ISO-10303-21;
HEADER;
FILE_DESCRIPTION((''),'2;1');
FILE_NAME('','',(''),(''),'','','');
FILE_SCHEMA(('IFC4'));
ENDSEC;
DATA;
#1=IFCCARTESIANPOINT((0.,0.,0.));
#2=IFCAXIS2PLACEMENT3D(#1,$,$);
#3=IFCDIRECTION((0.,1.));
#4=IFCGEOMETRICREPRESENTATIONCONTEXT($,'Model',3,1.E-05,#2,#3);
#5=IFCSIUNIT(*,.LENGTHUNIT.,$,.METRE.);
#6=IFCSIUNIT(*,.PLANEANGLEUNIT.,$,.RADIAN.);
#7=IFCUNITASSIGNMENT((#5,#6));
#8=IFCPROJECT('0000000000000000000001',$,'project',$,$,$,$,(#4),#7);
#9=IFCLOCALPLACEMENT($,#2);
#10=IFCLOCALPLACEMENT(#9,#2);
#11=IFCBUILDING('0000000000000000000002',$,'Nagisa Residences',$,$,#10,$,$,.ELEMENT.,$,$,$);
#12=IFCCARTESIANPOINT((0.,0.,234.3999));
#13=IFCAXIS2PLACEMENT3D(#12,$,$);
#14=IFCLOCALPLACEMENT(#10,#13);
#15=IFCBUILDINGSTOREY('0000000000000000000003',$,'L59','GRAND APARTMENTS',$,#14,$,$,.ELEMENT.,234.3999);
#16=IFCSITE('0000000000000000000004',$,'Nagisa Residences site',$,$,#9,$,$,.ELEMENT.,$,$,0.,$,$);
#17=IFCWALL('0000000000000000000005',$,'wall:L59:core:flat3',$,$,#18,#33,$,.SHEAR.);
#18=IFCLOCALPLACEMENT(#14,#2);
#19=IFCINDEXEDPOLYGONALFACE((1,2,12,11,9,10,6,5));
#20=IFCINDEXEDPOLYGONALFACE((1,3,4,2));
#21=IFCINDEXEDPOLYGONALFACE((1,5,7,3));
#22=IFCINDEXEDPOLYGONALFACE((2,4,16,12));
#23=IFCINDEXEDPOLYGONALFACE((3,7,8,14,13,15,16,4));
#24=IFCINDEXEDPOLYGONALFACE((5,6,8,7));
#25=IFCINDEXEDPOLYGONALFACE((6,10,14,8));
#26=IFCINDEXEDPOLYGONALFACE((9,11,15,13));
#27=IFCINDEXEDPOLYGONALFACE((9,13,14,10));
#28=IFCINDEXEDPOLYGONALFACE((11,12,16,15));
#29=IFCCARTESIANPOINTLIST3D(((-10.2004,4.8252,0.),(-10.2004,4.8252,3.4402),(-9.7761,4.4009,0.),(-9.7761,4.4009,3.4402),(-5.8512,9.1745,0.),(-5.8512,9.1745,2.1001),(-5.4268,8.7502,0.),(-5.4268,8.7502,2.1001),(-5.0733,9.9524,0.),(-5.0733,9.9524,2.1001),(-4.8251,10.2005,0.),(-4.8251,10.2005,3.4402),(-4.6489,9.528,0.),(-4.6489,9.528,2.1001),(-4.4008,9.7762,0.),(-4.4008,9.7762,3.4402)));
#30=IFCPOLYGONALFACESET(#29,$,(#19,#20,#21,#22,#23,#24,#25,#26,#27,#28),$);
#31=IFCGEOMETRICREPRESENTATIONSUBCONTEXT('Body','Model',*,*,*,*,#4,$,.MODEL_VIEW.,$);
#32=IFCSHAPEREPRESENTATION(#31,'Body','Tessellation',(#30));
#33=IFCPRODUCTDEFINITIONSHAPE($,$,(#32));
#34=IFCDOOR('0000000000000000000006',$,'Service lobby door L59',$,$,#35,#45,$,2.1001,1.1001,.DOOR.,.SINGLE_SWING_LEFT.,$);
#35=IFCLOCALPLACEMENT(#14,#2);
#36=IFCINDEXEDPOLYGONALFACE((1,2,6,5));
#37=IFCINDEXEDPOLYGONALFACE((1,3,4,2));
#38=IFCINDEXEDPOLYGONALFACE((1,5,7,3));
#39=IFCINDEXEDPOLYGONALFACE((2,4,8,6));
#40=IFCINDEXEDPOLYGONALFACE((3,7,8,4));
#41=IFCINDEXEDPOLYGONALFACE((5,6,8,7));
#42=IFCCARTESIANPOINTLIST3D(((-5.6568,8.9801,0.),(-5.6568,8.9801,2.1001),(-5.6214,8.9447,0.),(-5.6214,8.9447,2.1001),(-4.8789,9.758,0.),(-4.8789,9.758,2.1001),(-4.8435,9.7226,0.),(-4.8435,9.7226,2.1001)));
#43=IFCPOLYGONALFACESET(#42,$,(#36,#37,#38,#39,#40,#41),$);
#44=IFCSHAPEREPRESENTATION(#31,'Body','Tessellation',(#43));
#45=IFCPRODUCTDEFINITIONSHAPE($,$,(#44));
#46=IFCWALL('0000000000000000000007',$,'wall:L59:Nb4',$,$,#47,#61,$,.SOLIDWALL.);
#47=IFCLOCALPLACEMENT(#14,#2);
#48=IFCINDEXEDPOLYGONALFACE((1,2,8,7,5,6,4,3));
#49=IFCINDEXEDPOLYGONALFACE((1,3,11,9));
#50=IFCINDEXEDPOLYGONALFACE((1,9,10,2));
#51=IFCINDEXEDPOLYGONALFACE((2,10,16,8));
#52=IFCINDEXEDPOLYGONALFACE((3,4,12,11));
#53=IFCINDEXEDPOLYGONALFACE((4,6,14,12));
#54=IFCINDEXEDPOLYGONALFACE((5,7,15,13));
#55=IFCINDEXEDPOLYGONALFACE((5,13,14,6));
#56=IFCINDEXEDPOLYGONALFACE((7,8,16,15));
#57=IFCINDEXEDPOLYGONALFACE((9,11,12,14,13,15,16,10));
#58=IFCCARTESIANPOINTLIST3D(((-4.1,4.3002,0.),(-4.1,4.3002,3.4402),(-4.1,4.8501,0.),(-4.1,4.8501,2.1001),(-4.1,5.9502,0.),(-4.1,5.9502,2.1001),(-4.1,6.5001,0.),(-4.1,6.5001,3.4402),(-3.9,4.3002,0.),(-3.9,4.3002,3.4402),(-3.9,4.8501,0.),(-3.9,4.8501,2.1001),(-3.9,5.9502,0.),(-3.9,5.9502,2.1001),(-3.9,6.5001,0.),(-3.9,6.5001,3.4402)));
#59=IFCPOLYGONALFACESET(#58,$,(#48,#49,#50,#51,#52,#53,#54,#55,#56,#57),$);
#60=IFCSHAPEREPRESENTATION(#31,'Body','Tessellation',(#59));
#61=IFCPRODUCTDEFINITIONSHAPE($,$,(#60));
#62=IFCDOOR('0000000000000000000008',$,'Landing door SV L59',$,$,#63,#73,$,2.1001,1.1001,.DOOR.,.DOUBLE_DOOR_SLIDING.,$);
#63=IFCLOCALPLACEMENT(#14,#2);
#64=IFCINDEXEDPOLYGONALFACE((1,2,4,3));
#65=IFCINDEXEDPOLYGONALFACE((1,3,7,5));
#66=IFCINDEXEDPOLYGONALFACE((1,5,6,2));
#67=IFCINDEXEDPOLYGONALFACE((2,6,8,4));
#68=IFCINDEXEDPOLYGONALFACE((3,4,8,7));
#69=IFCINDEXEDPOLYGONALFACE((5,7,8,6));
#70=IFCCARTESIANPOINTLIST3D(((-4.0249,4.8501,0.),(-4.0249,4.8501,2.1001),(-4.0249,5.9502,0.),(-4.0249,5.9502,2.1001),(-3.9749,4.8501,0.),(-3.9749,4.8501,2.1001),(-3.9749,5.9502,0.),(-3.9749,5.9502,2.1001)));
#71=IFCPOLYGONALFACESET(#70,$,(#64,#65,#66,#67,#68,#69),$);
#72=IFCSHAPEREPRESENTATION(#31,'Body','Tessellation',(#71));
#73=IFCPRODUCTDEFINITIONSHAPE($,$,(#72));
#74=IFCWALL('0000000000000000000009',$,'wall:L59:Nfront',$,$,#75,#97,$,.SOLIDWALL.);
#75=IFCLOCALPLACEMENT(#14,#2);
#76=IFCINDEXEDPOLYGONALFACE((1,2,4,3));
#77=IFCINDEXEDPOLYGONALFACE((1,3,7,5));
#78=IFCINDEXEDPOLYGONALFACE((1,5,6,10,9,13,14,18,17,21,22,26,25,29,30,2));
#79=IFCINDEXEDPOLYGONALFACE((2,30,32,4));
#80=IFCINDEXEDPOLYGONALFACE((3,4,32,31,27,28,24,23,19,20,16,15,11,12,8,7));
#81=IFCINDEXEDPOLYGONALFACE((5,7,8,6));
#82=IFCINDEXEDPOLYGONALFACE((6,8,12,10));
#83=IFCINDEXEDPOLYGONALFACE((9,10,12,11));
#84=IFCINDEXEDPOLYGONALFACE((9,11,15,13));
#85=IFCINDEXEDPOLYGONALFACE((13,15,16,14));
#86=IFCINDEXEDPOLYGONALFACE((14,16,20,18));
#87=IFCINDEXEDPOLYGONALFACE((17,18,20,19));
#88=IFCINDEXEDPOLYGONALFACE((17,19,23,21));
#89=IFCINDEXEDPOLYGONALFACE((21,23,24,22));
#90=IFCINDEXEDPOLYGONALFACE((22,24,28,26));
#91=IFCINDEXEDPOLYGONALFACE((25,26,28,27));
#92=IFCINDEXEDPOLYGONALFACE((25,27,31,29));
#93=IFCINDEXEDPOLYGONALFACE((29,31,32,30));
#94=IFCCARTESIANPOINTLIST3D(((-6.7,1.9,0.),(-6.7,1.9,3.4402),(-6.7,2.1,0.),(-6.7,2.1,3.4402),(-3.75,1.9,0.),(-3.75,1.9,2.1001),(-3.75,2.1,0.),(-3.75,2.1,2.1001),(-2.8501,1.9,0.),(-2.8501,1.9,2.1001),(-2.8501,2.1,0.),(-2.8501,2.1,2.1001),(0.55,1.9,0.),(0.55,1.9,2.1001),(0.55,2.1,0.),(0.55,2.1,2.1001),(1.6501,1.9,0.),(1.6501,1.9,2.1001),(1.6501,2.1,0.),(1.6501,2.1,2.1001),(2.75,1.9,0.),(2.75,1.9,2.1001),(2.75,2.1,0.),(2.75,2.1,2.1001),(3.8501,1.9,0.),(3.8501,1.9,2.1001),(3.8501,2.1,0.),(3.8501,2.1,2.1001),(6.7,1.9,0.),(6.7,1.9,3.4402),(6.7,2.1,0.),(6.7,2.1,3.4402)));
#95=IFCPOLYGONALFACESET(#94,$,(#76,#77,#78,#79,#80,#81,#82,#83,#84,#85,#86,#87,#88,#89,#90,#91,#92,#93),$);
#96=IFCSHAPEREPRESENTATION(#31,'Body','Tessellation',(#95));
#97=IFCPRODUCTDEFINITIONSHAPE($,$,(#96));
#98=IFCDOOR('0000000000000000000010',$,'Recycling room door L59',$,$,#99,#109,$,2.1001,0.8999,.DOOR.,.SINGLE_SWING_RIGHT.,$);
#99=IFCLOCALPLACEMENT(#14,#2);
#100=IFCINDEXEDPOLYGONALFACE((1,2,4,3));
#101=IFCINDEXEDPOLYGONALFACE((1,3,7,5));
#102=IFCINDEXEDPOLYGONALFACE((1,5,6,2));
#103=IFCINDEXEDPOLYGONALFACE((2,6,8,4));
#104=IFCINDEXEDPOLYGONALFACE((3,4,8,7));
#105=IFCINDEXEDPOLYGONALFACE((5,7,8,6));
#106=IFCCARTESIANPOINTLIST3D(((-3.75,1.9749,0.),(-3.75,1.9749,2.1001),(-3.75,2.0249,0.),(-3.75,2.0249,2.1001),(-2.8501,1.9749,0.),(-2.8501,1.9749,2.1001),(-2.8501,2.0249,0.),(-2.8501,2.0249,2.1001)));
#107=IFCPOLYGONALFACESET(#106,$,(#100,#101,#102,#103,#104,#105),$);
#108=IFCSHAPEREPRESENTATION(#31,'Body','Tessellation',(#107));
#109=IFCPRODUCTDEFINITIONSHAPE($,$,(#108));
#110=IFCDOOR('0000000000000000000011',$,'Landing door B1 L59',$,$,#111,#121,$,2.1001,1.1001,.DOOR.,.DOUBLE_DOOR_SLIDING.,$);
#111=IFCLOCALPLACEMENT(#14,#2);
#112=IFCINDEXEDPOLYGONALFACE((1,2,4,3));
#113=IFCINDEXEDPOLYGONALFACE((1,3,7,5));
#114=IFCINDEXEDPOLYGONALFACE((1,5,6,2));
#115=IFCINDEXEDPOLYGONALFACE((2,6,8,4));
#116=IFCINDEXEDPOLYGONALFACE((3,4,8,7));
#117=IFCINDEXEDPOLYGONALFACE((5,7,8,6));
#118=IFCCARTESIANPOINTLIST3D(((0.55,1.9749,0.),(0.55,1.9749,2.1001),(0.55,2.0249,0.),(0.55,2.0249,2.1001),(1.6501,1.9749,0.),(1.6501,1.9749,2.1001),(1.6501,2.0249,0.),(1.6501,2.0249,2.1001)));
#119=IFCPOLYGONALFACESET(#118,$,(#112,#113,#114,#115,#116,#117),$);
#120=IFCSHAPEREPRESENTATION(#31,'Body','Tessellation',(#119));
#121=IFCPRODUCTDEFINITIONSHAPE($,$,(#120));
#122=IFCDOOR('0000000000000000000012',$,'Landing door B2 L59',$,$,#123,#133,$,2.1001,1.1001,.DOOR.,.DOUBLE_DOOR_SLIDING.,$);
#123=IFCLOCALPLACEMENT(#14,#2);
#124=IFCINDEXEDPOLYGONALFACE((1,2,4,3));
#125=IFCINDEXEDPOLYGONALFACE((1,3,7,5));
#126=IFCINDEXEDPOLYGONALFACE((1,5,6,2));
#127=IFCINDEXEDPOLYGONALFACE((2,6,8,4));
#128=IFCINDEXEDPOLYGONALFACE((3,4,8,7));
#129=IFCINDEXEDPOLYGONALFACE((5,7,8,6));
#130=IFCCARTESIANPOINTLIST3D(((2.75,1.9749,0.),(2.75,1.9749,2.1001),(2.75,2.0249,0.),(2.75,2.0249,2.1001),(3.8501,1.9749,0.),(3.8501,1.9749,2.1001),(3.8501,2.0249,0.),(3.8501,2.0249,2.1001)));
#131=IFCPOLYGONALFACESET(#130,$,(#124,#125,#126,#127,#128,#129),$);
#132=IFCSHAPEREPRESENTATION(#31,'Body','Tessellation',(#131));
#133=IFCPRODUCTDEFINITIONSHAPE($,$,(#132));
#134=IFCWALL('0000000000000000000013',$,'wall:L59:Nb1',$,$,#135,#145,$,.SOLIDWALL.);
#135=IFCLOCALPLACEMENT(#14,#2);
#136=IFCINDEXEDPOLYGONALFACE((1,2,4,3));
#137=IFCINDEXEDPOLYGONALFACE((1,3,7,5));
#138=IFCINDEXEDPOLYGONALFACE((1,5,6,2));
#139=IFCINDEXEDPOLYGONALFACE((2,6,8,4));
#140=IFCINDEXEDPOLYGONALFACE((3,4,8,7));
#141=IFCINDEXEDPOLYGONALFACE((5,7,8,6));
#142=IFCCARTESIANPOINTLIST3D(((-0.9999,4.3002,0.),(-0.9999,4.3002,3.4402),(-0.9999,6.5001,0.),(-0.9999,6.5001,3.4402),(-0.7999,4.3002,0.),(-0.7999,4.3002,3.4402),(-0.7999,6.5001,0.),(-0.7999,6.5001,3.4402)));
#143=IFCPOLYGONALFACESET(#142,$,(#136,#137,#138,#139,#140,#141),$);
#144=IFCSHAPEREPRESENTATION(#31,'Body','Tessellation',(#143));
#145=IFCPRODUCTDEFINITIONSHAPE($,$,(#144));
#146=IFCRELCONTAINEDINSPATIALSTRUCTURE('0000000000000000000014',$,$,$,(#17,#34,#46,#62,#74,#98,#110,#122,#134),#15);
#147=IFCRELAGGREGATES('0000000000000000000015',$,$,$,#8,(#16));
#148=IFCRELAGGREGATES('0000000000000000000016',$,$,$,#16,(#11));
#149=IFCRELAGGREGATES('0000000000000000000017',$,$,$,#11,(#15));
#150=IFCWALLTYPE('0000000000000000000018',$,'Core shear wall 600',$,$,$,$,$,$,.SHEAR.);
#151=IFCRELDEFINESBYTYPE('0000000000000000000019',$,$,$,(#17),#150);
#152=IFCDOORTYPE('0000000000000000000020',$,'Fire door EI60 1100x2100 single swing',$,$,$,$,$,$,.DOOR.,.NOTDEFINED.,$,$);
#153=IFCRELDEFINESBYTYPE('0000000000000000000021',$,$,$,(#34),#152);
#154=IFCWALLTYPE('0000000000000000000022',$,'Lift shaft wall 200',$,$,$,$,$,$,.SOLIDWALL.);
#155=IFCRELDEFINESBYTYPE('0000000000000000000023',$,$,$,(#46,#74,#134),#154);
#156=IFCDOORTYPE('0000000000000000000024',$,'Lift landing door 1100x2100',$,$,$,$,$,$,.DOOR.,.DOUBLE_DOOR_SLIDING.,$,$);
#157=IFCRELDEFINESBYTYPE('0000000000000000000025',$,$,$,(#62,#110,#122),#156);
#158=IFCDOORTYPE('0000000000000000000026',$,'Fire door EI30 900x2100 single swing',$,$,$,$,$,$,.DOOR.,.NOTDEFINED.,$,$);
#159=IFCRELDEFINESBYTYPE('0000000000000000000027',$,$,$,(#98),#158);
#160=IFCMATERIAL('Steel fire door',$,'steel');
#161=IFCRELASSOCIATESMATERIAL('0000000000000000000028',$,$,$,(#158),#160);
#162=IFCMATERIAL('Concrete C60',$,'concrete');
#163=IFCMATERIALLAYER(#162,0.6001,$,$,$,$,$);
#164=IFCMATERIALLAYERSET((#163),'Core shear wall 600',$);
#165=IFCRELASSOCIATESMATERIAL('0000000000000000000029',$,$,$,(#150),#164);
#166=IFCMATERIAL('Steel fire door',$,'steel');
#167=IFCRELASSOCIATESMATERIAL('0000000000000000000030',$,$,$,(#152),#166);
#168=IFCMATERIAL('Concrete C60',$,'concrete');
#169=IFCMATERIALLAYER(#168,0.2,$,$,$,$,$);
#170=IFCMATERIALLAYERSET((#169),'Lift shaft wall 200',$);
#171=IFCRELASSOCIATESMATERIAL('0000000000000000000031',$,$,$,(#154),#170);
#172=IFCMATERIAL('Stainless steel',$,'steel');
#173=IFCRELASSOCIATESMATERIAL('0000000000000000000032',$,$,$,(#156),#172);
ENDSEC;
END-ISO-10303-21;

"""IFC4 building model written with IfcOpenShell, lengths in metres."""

from ifc_helpers import new_model, si_unit, direction, frame, frame_2d, origin, place, context, subcontext, project, spatial, rectangle, extrude, material, layer, layer_set, type_object, element, fill, save


model = new_model("IFC4")

# Units and contexts
model_context = context("Model", 3, precision=1e-05, world=origin(), true_north=direction((0.0, 1.0)))
body_context = subcontext(model_context, "Body", "Model", "MODEL_VIEW")
ifc_project = project(units=[si_unit("LENGTHUNIT", "METRE"), si_unit("PLANEANGLEUNIT", "RADIAN")], contexts=[model_context])

# Site, building, storey
site_placement = place(None, origin())
site = spatial("IfcSite", under=ifc_project, at=site_placement, Name="Nagisa Residences site", CompositionType="ELEMENT", RefElevation=0.0)
building_placement = place(site_placement, origin())
building = spatial("IfcBuilding", under=site, at=building_placement, Name="Nagisa Residences", CompositionType="ELEMENT")
storey_placement = place(building_placement, frame((0.0, 0.0, 234.3999)))
storey = spatial("IfcBuildingStorey", under=building, at=storey_placement, Name="L59", Description="GRAND APARTMENTS", CompositionType="ELEMENT", Elevation=234.3999)

# Walls, openings, doors
ifc_material_1 = material(Name="Steel fire door", Category="steel")
door_type_1 = type_object("IfcDoorType", Name="Fire door EI30 900x2100 single swing", OperationType="NOTDEFINED", PredefinedType="DOOR", material=ifc_material_1)
ifc_material_2 = material(Name="Concrete C60", Category="concrete")
ifc_layer_1 = layer(ifc_material_2, 0.6001)
ifc_layer_set_1 = layer_set([ifc_layer_1], Name="Core shear wall 600")
wall_type_1 = type_object("IfcWallType", Name="Core shear wall 600", PredefinedType="SHEAR", material=ifc_layer_set_1)
wall_1_placement = place(storey_placement, frame((-4.613, 9.9883, 0.0), z_axis=(0.0, 0.0, 1.0), x_axis=(-0.707107, -0.707107, 0.0)))
wall_1 = element("IfcWall", 1, at=wall_1_placement, inside=storey, type_object=wall_type_1, Name="wall:L59:core:flat3", PredefinedType="SHEAR", context=body_context, shape_type="SweptSolid", body=[
    extrude(rectangle(XDim=7.6018, YDim=0.6001, at=frame_2d((3.8008, 0.0))), origin(), (0.0, 0.0, 1.0), 3.4402),
])
opening_1_placement = place(wall_1_placement, frame((0.3508, 0.0, 0.0)))
opening_1 = element("IfcOpeningElement", 2, at=opening_1_placement, cuts=wall_1, PredefinedType="OPENING", context=body_context, shape_type="SweptSolid", body=[
    extrude(rectangle(XDim=1.1001, YDim=2.1001, at=frame_2d((0.55, 1.05))), frame((0.0, 0.3101, 0.0), z_axis=(0.0, -1.0, 0.0), x_axis=(1.0, 0.0, 0.0)), (0.0, 0.0, 1.0), 0.6201),
])
ifc_material_3 = material(Name="Steel fire door", Category="steel")
door_type_2 = type_object("IfcDoorType", Name="Fire door EI60 1100x2100 single swing", OperationType="NOTDEFINED", PredefinedType="DOOR", material=ifc_material_3)
door_1_placement = place(opening_1_placement, origin())
door_1 = element("IfcDoor", 3, at=door_1_placement, inside=storey, type_object=door_type_2, Name="Service lobby door L59", OperationType="SINGLE_SWING_LEFT", OverallHeight=2.1001, OverallWidth=1.1001, PredefinedType="DOOR", context=body_context, shape_type="SweptSolid", body=[
    extrude(rectangle(XDim=1.1001, YDim=2.1001, at=frame_2d((0.55, 1.05))), frame((0.0, 0.0249, 0.0), z_axis=(0.0, -1.0, 0.0), x_axis=(1.0, 0.0, 0.0)), (0.0, 0.0, 1.0), 0.05),
])
fill(opening_1, door_1)
ifc_material_4 = material(Name="Concrete C60", Category="concrete")
ifc_layer_2 = layer(ifc_material_4, 0.2)
ifc_layer_set_2 = layer_set([ifc_layer_2], Name="Lift shaft wall 200")
wall_type_2 = type_object("IfcWallType", Name="Lift shaft wall 200", PredefinedType="SOLIDWALL", material=ifc_layer_set_2)
wall_2_placement = place(storey_placement, frame((-4.0, 4.3, 0.0), z_axis=(0.0, 0.0, 1.0), x_axis=(0.0, 1.0, 0.0)))
wall_2 = element("IfcWall", 4, at=wall_2_placement, inside=storey, type_object=wall_type_2, Name="wall:L59:Nb4", PredefinedType="SOLIDWALL", context=body_context, shape_type="SweptSolid", body=[
    extrude(rectangle(XDim=2.2, YDim=0.2, at=frame_2d((1.1001, 0.0))), origin(), (0.0, 0.0, 1.0), 3.4402),
])
opening_2_placement = place(wall_2_placement, frame((0.55, 0.0, 0.0)))
opening_2 = element("IfcOpeningElement", 5, at=opening_2_placement, cuts=wall_2, PredefinedType="OPENING", context=body_context, shape_type="SweptSolid", body=[
    extrude(rectangle(XDim=1.1001, YDim=2.1001, at=frame_2d((0.55, 1.05))), frame((0.0, 0.1099, 0.0), z_axis=(0.0, -1.0, 0.0), x_axis=(1.0, 0.0, 0.0)), (0.0, 0.0, 1.0), 0.22),
])
ifc_material_5 = material(Name="Stainless steel", Category="steel")
door_type_3 = type_object("IfcDoorType", Name="Lift landing door 1100x2100", OperationType="DOUBLE_DOOR_SLIDING", PredefinedType="DOOR", material=ifc_material_5)
door_2_placement = place(opening_2_placement, origin())
door_2 = element("IfcDoor", 6, at=door_2_placement, inside=storey, type_object=door_type_3, Name="Landing door SV L59", OperationType="DOUBLE_DOOR_SLIDING", OverallHeight=2.1001, OverallWidth=1.1001, PredefinedType="DOOR", context=body_context, shape_type="SweptSolid", body=[
    extrude(rectangle(XDim=1.1001, YDim=2.1001, at=frame_2d((0.55, 1.05))), frame((0.0, 0.0249, 0.0), z_axis=(0.0, -1.0, 0.0), x_axis=(1.0, 0.0, 0.0)), (0.0, 0.0, 1.0), 0.05),
])
fill(opening_2, door_2)

# Wall, openings, doors
wall_3_placement = place(storey_placement, frame((-6.7, 2.0, 0.0), z_axis=(0.0, 0.0, 1.0), x_axis=(1.0, 0.0, 0.0)))
wall_3 = element("IfcWall", 7, at=wall_3_placement, inside=storey, type_object=wall_type_2, Name="wall:L59:Nfront", PredefinedType="SOLIDWALL", context=body_context, shape_type="SweptSolid", body=[
    extrude(rectangle(XDim=13.3999, YDim=0.2, at=frame_2d((6.7, 0.0))), origin(), (0.0, 0.0, 1.0), 3.4402),
])
opening_3_placement = place(wall_3_placement, frame((7.25, 0.0, 0.0)))
opening_3 = element("IfcOpeningElement", 8, at=opening_3_placement, cuts=wall_3, PredefinedType="OPENING", context=body_context, shape_type="SweptSolid", body=[
    extrude(rectangle(XDim=1.1001, YDim=2.1001, at=frame_2d((0.55, 1.05))), frame((0.0, 0.1099, 0.0), z_axis=(0.0, -1.0, 0.0), x_axis=(1.0, 0.0, 0.0)), (0.0, 0.0, 1.0), 0.22),
])
opening_4_placement = place(wall_3_placement, frame((9.45, 0.0, 0.0)))
opening_4 = element("IfcOpeningElement", 9, at=opening_4_placement, cuts=wall_3, PredefinedType="OPENING", context=body_context, shape_type="SweptSolid", body=[
    extrude(rectangle(XDim=1.1001, YDim=2.1001, at=frame_2d((0.55, 1.05))), frame((0.0, 0.1099, 0.0), z_axis=(0.0, -1.0, 0.0), x_axis=(1.0, 0.0, 0.0)), (0.0, 0.0, 1.0), 0.22),
])
opening_5_placement = place(wall_3_placement, frame((2.95, 0.0, 0.0)))
opening_5 = element("IfcOpeningElement", 10, at=opening_5_placement, cuts=wall_3, PredefinedType="OPENING", context=body_context, shape_type="SweptSolid", body=[
    extrude(rectangle(XDim=0.8999, YDim=2.1001, at=frame_2d((0.45, 1.05))), frame((0.0, 0.1099, 0.0), z_axis=(0.0, -1.0, 0.0), x_axis=(1.0, 0.0, 0.0)), (0.0, 0.0, 1.0), 0.22),
])
door_3_placement = place(opening_5_placement, origin())
door_3 = element("IfcDoor", 11, at=door_3_placement, inside=storey, type_object=door_type_1, Name="Recycling room door L59", OperationType="SINGLE_SWING_RIGHT", OverallHeight=2.1001, OverallWidth=0.8999, PredefinedType="DOOR", context=body_context, shape_type="SweptSolid", body=[
    extrude(rectangle(XDim=0.8999, YDim=2.1001, at=frame_2d((0.45, 1.05))), frame((0.0, 0.0249, 0.0), z_axis=(0.0, -1.0, 0.0), x_axis=(1.0, 0.0, 0.0)), (0.0, 0.0, 1.0), 0.05),
])
fill(opening_5, door_3)
door_4_placement = place(opening_3_placement, origin())
door_4 = element("IfcDoor", 12, at=door_4_placement, inside=storey, type_object=door_type_3, Name="Landing door B1 L59", OperationType="DOUBLE_DOOR_SLIDING", OverallHeight=2.1001, OverallWidth=1.1001, PredefinedType="DOOR", context=body_context, shape_type="SweptSolid", body=[
    extrude(rectangle(XDim=1.1001, YDim=2.1001, at=frame_2d((0.55, 1.05))), frame((0.0, 0.0249, 0.0), z_axis=(0.0, -1.0, 0.0), x_axis=(1.0, 0.0, 0.0)), (0.0, 0.0, 1.0), 0.05),
])
fill(opening_3, door_4)
door_5_placement = place(opening_4_placement, origin())
door_5 = element("IfcDoor", 13, at=door_5_placement, inside=storey, type_object=door_type_3, Name="Landing door B2 L59", OperationType="DOUBLE_DOOR_SLIDING", OverallHeight=2.1001, OverallWidth=1.1001, PredefinedType="DOOR", context=body_context, shape_type="SweptSolid", body=[
    extrude(rectangle(XDim=1.1001, YDim=2.1001, at=frame_2d((0.55, 1.05))), frame((0.0, 0.0249, 0.0), z_axis=(0.0, -1.0, 0.0), x_axis=(1.0, 0.0, 0.0)), (0.0, 0.0, 1.0), 0.05),
])
fill(opening_4, door_5)

# Wall
wall_4_placement = place(storey_placement, frame((-0.8999, 4.3, 0.0), z_axis=(0.0, 0.0, 1.0), x_axis=(0.0, 1.0, 0.0)))
element("IfcWall", 14, at=wall_4_placement, inside=storey, type_object=wall_type_2, Name="wall:L59:Nb1", PredefinedType="SOLIDWALL", context=body_context, shape_type="SweptSolid", body=[
    extrude(rectangle(XDim=2.2, YDim=0.2, at=frame_2d((1.1001, 0.0))), origin(), (0.0, 0.0, 1.0), 3.4402),
])

save(model, "model.ifc")
